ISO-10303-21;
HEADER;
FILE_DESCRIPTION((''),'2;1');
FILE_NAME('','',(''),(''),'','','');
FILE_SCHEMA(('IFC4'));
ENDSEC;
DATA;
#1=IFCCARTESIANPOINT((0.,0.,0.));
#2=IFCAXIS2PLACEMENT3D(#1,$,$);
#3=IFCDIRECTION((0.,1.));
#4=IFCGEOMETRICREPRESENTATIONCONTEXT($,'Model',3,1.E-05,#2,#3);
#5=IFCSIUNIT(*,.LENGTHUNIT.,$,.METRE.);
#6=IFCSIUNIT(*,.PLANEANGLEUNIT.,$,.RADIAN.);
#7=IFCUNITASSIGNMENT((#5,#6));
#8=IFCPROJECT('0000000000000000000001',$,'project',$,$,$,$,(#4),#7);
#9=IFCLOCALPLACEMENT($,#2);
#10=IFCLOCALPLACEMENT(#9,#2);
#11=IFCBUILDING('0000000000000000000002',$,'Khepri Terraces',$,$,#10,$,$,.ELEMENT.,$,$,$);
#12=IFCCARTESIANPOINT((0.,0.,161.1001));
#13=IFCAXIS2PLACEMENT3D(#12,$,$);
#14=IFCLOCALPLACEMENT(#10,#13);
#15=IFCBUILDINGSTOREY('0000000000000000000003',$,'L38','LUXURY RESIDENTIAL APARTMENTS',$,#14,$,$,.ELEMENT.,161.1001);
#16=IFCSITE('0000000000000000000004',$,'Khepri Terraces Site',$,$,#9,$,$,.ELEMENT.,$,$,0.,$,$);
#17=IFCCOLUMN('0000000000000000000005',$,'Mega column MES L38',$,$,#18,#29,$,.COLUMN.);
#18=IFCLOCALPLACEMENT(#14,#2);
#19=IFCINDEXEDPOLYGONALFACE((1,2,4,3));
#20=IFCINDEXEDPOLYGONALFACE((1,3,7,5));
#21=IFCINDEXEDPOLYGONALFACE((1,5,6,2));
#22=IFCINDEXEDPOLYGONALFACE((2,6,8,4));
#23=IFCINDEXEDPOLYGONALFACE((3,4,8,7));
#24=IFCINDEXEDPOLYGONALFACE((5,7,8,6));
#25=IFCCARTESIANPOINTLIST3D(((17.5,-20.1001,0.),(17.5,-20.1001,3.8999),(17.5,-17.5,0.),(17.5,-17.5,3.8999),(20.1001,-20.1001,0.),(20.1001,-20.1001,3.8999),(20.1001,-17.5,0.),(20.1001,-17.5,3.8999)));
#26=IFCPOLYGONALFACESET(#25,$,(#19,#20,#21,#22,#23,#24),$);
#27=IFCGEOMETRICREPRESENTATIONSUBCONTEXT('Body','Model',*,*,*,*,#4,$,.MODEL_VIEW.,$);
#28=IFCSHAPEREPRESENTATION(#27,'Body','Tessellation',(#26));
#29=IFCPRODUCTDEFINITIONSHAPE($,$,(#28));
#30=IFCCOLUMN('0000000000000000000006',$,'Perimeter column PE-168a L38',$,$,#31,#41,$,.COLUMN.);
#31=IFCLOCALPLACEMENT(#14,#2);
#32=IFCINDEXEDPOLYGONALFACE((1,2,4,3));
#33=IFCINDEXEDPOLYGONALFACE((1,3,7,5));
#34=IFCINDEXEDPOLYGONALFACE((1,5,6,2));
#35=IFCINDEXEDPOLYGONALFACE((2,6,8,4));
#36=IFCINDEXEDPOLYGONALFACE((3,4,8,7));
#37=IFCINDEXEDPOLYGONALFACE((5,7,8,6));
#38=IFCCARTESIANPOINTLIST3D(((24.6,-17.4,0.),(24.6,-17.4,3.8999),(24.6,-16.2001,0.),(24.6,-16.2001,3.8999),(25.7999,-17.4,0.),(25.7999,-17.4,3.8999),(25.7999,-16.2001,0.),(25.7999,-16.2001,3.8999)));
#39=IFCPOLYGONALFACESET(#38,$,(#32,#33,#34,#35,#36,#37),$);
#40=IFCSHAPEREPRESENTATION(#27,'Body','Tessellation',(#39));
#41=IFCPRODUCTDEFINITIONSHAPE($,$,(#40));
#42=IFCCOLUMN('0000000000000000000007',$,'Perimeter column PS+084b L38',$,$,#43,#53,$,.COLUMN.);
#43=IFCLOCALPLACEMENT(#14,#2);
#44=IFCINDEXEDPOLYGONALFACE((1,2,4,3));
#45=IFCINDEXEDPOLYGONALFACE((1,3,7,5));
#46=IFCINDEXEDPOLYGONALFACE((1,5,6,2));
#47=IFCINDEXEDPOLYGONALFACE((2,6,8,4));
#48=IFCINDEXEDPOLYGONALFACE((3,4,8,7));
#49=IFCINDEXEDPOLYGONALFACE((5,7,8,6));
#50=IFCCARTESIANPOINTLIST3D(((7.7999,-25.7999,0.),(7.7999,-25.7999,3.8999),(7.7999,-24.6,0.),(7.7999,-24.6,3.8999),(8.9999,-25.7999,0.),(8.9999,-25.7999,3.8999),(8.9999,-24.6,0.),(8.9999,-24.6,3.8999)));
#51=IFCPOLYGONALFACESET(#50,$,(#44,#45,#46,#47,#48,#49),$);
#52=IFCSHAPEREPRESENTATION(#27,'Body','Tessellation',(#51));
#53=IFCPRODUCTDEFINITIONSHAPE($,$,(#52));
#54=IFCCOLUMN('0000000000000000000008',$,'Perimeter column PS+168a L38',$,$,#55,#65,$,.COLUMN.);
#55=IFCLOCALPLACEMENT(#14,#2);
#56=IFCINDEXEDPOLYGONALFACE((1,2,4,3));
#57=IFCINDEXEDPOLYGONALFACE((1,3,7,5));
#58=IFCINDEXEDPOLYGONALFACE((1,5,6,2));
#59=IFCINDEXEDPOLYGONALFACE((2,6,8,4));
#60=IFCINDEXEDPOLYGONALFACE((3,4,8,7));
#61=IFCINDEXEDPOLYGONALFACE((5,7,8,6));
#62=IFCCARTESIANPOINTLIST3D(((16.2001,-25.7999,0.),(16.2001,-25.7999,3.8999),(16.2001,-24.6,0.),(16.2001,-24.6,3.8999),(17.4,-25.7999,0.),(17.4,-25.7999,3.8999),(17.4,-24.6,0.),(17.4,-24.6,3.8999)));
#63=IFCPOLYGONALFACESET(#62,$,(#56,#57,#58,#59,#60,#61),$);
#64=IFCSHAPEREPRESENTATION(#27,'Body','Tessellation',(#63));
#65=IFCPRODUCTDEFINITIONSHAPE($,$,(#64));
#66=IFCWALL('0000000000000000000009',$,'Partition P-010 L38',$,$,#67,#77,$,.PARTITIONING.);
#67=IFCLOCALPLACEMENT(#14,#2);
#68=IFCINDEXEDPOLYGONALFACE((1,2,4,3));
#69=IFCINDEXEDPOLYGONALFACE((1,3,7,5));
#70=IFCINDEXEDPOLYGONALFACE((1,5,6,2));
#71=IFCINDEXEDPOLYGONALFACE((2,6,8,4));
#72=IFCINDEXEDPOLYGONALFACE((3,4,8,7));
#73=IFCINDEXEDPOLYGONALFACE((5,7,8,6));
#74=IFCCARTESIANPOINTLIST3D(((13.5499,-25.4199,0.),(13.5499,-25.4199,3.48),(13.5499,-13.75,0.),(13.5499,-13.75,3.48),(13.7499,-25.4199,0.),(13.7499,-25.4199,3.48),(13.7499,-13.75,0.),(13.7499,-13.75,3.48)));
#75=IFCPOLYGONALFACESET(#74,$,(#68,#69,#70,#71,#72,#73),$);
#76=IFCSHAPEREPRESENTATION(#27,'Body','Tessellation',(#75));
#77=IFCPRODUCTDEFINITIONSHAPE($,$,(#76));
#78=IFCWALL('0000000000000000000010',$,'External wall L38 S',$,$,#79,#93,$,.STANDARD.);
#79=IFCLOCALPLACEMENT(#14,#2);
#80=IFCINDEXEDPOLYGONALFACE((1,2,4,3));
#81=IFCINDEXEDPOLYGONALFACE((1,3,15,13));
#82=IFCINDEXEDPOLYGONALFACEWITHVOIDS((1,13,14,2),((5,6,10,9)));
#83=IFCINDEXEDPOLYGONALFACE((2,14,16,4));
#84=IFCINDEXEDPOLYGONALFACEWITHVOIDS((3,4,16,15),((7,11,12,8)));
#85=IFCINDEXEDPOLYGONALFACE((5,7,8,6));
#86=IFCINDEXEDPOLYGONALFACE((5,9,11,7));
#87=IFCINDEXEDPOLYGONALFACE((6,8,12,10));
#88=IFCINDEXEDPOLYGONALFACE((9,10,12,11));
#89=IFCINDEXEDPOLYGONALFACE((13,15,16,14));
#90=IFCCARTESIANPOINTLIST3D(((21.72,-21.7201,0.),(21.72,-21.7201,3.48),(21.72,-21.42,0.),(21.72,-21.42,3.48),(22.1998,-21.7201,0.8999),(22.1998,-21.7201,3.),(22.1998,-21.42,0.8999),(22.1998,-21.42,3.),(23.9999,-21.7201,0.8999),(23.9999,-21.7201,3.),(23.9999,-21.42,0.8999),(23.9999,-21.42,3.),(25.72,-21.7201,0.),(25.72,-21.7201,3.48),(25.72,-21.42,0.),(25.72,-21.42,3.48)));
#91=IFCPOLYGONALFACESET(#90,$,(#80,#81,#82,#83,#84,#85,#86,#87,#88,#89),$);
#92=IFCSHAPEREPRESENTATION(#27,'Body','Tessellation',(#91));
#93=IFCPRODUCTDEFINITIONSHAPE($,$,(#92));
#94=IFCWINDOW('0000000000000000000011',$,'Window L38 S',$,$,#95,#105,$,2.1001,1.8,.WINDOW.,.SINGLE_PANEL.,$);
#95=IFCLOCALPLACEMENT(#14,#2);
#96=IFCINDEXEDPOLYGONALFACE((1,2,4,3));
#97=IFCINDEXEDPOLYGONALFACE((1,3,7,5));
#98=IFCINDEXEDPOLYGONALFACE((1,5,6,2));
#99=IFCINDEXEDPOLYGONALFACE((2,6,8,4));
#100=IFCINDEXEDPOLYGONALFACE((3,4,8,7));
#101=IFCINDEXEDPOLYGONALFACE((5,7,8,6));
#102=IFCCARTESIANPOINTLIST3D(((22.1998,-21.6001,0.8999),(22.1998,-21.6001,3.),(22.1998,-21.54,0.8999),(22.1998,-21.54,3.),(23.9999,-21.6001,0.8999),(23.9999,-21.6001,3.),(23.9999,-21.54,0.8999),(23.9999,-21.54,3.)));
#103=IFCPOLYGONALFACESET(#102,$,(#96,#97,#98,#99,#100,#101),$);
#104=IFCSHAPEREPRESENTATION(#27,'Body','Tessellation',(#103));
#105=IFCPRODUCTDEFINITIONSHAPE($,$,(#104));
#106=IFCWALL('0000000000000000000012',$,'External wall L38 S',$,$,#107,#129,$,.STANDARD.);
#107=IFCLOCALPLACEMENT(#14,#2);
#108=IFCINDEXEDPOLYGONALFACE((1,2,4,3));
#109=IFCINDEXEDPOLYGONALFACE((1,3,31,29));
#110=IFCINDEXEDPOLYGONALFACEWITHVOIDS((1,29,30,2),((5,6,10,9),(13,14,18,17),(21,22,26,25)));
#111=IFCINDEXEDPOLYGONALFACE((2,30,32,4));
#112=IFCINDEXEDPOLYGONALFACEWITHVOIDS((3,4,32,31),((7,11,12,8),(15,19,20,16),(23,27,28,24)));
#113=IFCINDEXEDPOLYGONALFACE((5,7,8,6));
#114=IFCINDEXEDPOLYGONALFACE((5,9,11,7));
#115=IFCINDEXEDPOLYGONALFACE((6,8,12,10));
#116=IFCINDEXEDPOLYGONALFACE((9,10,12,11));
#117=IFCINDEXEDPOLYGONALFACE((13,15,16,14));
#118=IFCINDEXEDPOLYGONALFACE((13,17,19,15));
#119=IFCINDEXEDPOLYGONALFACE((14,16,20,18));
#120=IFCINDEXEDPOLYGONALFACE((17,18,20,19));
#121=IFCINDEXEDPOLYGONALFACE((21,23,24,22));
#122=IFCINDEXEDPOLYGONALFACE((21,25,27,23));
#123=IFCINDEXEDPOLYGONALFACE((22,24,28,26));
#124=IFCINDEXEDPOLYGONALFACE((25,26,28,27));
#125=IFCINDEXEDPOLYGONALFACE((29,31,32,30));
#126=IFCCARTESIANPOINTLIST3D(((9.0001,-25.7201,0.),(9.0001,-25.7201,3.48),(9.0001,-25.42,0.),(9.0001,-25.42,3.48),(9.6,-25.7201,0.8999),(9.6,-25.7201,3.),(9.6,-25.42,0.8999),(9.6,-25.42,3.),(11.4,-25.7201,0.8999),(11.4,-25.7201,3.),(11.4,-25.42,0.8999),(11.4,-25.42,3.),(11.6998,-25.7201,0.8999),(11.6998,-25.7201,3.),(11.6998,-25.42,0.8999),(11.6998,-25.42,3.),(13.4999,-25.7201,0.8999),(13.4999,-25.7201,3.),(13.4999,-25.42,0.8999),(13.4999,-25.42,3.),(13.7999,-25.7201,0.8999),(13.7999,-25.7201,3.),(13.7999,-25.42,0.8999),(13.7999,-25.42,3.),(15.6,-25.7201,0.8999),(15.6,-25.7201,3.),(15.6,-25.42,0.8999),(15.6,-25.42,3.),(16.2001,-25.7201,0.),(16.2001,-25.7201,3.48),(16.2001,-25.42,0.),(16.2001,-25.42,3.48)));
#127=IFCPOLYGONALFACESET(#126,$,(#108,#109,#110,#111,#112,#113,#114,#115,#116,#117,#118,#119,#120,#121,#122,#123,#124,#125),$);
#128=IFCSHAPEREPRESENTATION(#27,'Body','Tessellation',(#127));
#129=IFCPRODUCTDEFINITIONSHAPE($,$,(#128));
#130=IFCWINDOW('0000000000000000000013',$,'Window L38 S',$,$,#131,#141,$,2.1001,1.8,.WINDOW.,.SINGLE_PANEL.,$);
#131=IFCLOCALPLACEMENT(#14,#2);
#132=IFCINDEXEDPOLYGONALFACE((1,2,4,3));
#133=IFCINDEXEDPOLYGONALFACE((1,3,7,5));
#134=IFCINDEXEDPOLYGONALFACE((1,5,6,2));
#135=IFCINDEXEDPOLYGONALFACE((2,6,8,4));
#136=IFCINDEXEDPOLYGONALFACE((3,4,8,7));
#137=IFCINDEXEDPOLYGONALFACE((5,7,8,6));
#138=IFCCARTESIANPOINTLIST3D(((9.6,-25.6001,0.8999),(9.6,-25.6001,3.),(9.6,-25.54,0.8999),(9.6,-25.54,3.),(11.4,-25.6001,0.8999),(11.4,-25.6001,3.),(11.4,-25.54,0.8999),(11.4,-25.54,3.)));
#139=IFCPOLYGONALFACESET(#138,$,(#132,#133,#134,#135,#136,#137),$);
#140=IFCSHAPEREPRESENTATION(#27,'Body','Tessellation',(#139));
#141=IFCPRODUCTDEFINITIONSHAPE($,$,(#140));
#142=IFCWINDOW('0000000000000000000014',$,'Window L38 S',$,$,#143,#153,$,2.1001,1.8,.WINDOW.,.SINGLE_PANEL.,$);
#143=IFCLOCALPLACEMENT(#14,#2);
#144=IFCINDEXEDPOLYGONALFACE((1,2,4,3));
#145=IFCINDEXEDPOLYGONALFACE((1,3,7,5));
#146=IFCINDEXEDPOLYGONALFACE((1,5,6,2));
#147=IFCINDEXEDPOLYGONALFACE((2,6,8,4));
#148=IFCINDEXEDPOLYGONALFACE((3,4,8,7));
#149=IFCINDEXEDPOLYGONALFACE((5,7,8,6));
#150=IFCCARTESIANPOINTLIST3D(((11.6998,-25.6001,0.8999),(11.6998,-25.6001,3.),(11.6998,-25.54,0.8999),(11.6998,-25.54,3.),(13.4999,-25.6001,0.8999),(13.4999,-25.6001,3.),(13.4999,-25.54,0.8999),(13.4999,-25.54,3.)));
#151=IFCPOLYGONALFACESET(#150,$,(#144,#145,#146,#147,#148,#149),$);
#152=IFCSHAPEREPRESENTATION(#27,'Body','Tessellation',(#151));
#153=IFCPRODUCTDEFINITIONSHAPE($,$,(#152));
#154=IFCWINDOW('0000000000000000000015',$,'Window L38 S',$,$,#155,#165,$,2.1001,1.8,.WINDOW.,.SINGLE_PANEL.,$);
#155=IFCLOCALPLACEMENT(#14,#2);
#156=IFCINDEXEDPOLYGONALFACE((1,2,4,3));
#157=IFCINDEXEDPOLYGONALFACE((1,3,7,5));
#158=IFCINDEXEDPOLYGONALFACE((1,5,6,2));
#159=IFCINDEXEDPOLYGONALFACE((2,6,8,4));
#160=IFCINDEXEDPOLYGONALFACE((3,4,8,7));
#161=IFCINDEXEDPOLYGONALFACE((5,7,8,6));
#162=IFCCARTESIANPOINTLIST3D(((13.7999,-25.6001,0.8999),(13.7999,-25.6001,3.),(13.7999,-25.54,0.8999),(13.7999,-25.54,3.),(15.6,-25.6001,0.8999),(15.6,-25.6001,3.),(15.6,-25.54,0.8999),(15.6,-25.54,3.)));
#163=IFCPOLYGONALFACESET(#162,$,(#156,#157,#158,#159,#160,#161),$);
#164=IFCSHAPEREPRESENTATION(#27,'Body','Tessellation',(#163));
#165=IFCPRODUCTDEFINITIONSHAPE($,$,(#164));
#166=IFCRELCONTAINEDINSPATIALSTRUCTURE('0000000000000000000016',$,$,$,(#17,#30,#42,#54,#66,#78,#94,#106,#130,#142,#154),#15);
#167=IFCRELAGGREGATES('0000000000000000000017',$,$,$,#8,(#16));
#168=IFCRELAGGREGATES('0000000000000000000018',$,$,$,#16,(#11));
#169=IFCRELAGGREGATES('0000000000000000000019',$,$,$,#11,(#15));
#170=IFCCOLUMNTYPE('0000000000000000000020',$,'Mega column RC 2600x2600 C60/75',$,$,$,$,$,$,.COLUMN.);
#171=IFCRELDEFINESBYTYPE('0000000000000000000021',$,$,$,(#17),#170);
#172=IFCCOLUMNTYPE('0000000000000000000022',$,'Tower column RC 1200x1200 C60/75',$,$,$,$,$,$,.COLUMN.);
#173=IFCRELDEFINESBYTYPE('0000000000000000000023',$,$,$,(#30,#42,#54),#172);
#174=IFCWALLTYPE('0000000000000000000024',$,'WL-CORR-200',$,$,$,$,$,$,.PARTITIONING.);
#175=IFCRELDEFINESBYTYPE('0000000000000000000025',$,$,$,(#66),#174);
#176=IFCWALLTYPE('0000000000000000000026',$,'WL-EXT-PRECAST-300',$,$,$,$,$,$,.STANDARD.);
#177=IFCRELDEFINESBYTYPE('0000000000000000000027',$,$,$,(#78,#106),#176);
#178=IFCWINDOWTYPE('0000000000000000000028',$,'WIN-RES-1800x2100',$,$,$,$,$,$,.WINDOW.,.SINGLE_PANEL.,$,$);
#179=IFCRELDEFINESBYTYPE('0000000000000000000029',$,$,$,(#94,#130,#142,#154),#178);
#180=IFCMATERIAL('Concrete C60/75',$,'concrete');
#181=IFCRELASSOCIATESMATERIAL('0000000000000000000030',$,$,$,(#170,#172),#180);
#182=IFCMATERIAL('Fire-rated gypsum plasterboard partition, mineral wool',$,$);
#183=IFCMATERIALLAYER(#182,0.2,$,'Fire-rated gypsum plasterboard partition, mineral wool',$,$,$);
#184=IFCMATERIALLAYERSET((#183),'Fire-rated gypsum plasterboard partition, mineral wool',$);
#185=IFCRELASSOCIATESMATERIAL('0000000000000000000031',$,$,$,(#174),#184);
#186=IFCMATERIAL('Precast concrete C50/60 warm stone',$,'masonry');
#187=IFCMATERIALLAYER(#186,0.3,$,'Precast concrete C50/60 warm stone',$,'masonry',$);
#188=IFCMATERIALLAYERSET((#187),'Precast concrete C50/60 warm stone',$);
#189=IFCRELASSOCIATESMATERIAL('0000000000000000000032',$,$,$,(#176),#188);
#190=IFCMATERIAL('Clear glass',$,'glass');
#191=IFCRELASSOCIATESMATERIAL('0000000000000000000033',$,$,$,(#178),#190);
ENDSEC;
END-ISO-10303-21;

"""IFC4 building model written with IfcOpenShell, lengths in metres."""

from ifc_helpers import new_model, si_unit, direction, frame, frame_2d, origin, origin_2d, place, context, subcontext, project, spatial, rectangle, extrude, material, layer, layer_set, material_profile, profile_set, type_object, element, fill, save


model = new_model("IFC4")

# Units and contexts
model_context = context("Model", 3, precision=1e-05, world=origin(), true_north=direction((0.0, 1.0)))
body_context = subcontext(model_context, "Body", "Model", "MODEL_VIEW")
ifc_project = project(units=[si_unit("LENGTHUNIT", "METRE"), si_unit("PLANEANGLEUNIT", "RADIAN")], contexts=[model_context])

# Site, building, storey
site_placement = place(None, origin())
site = spatial("IfcSite", under=ifc_project, at=site_placement, Name="Khepri Terraces Site", CompositionType="ELEMENT", RefElevation=0.0)
building_placement = place(site_placement, origin())
building = spatial("IfcBuilding", under=site, at=building_placement, Name="Khepri Terraces", CompositionType="ELEMENT")
storey_placement = place(building_placement, frame((0.0, 0.0, 161.1001)))
storey = spatial("IfcBuildingStorey", under=building, at=storey_placement, Name="L38", Description="LUXURY RESIDENTIAL APARTMENTS", CompositionType="ELEMENT", Elevation=161.1001)

# Columns
ifc_material_1 = material(Name="Concrete C60/75", Category="concrete")
ifc_material_profile_1 = material_profile(ifc_material_1, rectangle(XDim=2.6001, YDim=2.6001, at=origin_2d()), Name="Concrete C60/75", Category="concrete")
ifc_profile_set_1 = profile_set([ifc_material_profile_1], Name="Concrete C60/75")
column_type_1 = type_object("IfcColumnType", Name="Mega column RC 2600x2600 C60/75", PredefinedType="COLUMN", material=ifc_profile_set_1)
column_placement = place(storey_placement, frame((18.8, -18.8, 0.0), z_axis=(0.0, 0.0, 1.0), x_axis=(1.0, 0.0, 0.0)))
element("IfcColumn", 1, at=column_placement, inside=storey, type_object=column_type_1, Name="Mega column MES L38", PredefinedType="COLUMN", context=body_context, shape_type="SweptSolid", body=[
    extrude(rectangle(XDim=2.6001, YDim=2.6001, at=origin_2d()), origin(), (0.0, 0.0, 1.0), 3.8999),
])
ifc_material_profile_2 = material_profile(ifc_material_1, rectangle(XDim=1.2, YDim=1.2, at=origin_2d()), Name="Concrete C60/75", Category="concrete")
ifc_profile_set_2 = profile_set([ifc_material_profile_2], Name="Concrete C60/75")
column_type_2 = type_object("IfcColumnType", Name="Tower column RC 1200x1200 C60/75", PredefinedType="COLUMN", material=ifc_profile_set_2)
for number, where, z_axis, x_axis, name in (
    (2, (25.2, -16.8, 0.0), (0.0, 0.0, 1.0), (1.0, 0.0, 0.0), "Perimeter column PE-168a L38"),
    (3, (8.3999, -25.2, 0.0), (0.0, 0.0, 1.0), (1.0, 0.0, 0.0), "Perimeter column PS+084b L38"),
    (4, (16.8, -25.2, 0.0), (0.0, 0.0, 1.0), (1.0, 0.0, 0.0), "Perimeter column PS+168a L38"),
):
    element("IfcColumn", number, at=place(storey_placement, frame(where, z_axis=z_axis, x_axis=x_axis)), inside=storey, type_object=column_type_2, Name=name, PredefinedType="COLUMN", context=body_context, shape_type="SweptSolid", body=[
        extrude(rectangle(XDim=1.2, YDim=1.2, at=origin_2d()), origin(), (0.0, 0.0, 1.0), 3.8999),
    ])

# Wall
ifc_material_2 = material(Name="Fire-rated gypsum plasterboard partition, mineral wool")
ifc_layer_1 = layer(ifc_material_2, 0.2, Name="Fire-rated gypsum plasterboard partition, mineral wool")
ifc_layer_set_1 = layer_set([ifc_layer_1], Name="Fire-rated gypsum plasterboard partition, mineral wool")
wall_type_1 = type_object("IfcWallType", Name="WL-CORR-200", PredefinedType="PARTITIONING", material=ifc_layer_set_1)
wall_1_placement = place(storey_placement, frame((13.6499, -25.4199, 0.0), z_axis=(0.0, 0.0, 1.0), x_axis=(0.0, 1.0, 0.0)))
element("IfcWall", 5, at=wall_1_placement, inside=storey, type_object=wall_type_1, Name="Partition P-010 L38", PredefinedType="PARTITIONING", context=body_context, shape_type="SweptSolid", body=[
    extrude(rectangle(XDim=11.6699, YDim=0.2, at=frame_2d((5.835, 0.0))), origin(), (0.0, 0.0, 1.0), 3.48),
])

# Wall, opening, window
ifc_material_3 = material(Name="Precast concrete C50/60 warm stone", Category="masonry")
ifc_layer_2 = layer(ifc_material_3, 0.3, Name="Precast concrete C50/60 warm stone", Category="masonry")
ifc_layer_set_2 = layer_set([ifc_layer_2], Name="Precast concrete C50/60 warm stone")
wall_type_2 = type_object("IfcWallType", Name="WL-EXT-PRECAST-300", PredefinedType="STANDARD", material=ifc_layer_set_2)
wall_2_placement = place(storey_placement, frame((21.72, -21.5701, 0.0), z_axis=(0.0, 0.0, 1.0), x_axis=(1.0, 0.0, 0.0)))
wall_2 = element("IfcWall", 6, at=wall_2_placement, inside=storey, type_object=wall_type_2, Name="External wall L38 S", PredefinedType="STANDARD", context=body_context, shape_type="SweptSolid", body=[
    extrude(rectangle(XDim=4.0, YDim=0.3, at=frame_2d((2.0, 0.0))), origin(), (0.0, 0.0, 1.0), 3.48),
])
opening_1_placement = place(wall_2_placement, frame((0.48, 0.0, 0.8999)))
opening_1 = element("IfcOpeningElement", 7, at=opening_1_placement, cuts=wall_2, PredefinedType="OPENING", context=body_context, shape_type="SweptSolid", body=[
    extrude(rectangle(XDim=1.8, YDim=2.1001, at=frame_2d((0.8999, 1.05))), frame((0.0, 0.1602, 0.0), z_axis=(0.0, -1.0, 0.0), x_axis=(1.0, 0.0, 0.0)), (0.0, 0.0, 1.0), 0.3201),
])
ifc_material_4 = material(Name="Clear glass", Category="glass")
window_type = type_object("IfcWindowType", Name="WIN-RES-1800x2100", PartitioningType="SINGLE_PANEL", PredefinedType="WINDOW", material=ifc_material_4)
window_1_placement = place(opening_1_placement, origin())
window_1 = element("IfcWindow", 8, at=window_1_placement, inside=storey, type_object=window_type, Name="Window L38 S", OverallHeight=2.1001, OverallWidth=1.8, PartitioningType="SINGLE_PANEL", PredefinedType="WINDOW", context=body_context, shape_type="SweptSolid", body=[
    extrude(rectangle(XDim=1.8, YDim=2.1001, at=frame_2d((0.8999, 1.05))), frame((0.0, 0.03, 0.0), z_axis=(0.0, -1.0, 0.0), x_axis=(1.0, 0.0, 0.0)), (0.0, 0.0, 1.0), 0.0601),
])
fill(opening_1, window_1)

# Wall, openings, windows
wall_3_placement = place(storey_placement, frame((9.0, -25.5701, 0.0), z_axis=(0.0, 0.0, 1.0), x_axis=(1.0, 0.0, 0.0)))
wall_3 = element("IfcWall", 9, at=wall_3_placement, inside=storey, type_object=wall_type_2, Name="External wall L38 S", PredefinedType="STANDARD", context=body_context, shape_type="SweptSolid", body=[
    extrude(rectangle(XDim=7.2, YDim=0.3, at=frame_2d((3.6001, 0.0))), origin(), (0.0, 0.0, 1.0), 3.48),
])
opening_2_placement = place(wall_3_placement, frame((0.6001, 0.0, 0.8999)))
opening_2 = element("IfcOpeningElement", 10, at=opening_2_placement, cuts=wall_3, PredefinedType="OPENING", context=body_context, shape_type="SweptSolid", body=[
    extrude(rectangle(XDim=1.8, YDim=2.1001, at=frame_2d((0.8999, 1.05))), frame((0.0, 0.1602, 0.0), z_axis=(0.0, -1.0, 0.0), x_axis=(1.0, 0.0, 0.0)), (0.0, 0.0, 1.0), 0.3201),
])
opening_3_placement = place(wall_3_placement, frame((2.7, 0.0, 0.8999)))
opening_3 = element("IfcOpeningElement", 11, at=opening_3_placement, cuts=wall_3, PredefinedType="OPENING", context=body_context, shape_type="SweptSolid", body=[
    extrude(rectangle(XDim=1.8, YDim=2.1001, at=frame_2d((0.8999, 1.05))), frame((0.0, 0.1602, 0.0), z_axis=(0.0, -1.0, 0.0), x_axis=(1.0, 0.0, 0.0)), (0.0, 0.0, 1.0), 0.3201),
])
opening_4_placement = place(wall_3_placement, frame((4.8, 0.0, 0.8999)))
opening_4 = element("IfcOpeningElement", 12, at=opening_4_placement, cuts=wall_3, PredefinedType="OPENING", context=body_context, shape_type="SweptSolid", body=[
    extrude(rectangle(XDim=1.8, YDim=2.1001, at=frame_2d((0.8999, 1.05))), frame((0.0, 0.1602, 0.0), z_axis=(0.0, -1.0, 0.0), x_axis=(1.0, 0.0, 0.0)), (0.0, 0.0, 1.0), 0.3201),
])
window_2_placement = place(opening_2_placement, origin())
window_2 = element("IfcWindow", 13, at=window_2_placement, inside=storey, type_object=window_type, Name="Window L38 S", OverallHeight=2.1001, OverallWidth=1.8, PartitioningType="SINGLE_PANEL", PredefinedType="WINDOW", context=body_context, shape_type="SweptSolid", body=[
    extrude(rectangle(XDim=1.8, YDim=2.1001, at=frame_2d((0.8999, 1.05))), frame((0.0, 0.03, 0.0), z_axis=(0.0, -1.0, 0.0), x_axis=(1.0, 0.0, 0.0)), (0.0, 0.0, 1.0), 0.0601),
])
fill(opening_2, window_2)
window_3_placement = place(opening_3_placement, origin())
window_3 = element("IfcWindow", 14, at=window_3_placement, inside=storey, type_object=window_type, Name="Window L38 S", OverallHeight=2.1001, OverallWidth=1.8, PartitioningType="SINGLE_PANEL", PredefinedType="WINDOW", context=body_context, shape_type="SweptSolid", body=[
    extrude(rectangle(XDim=1.8, YDim=2.1001, at=frame_2d((0.8999, 1.05))), frame((0.0, 0.03, 0.0), z_axis=(0.0, -1.0, 0.0), x_axis=(1.0, 0.0, 0.0)), (0.0, 0.0, 1.0), 0.0601),
])
fill(opening_3, window_3)
window_4_placement = place(opening_4_placement, origin())
window_4 = element("IfcWindow", 15, at=window_4_placement, inside=storey, type_object=window_type, Name="Window L38 S", OverallHeight=2.1001, OverallWidth=1.8, PartitioningType="SINGLE_PANEL", PredefinedType="WINDOW", context=body_context, shape_type="SweptSolid", body=[
    extrude(rectangle(XDim=1.8, YDim=2.1001, at=frame_2d((0.8999, 1.05))), frame((0.0, 0.03, 0.0), z_axis=(0.0, -1.0, 0.0), x_axis=(1.0, 0.0, 0.0)), (0.0, 0.0, 1.0), 0.0601),
])
fill(opening_4, window_4)

save(model, "model.ifc")
